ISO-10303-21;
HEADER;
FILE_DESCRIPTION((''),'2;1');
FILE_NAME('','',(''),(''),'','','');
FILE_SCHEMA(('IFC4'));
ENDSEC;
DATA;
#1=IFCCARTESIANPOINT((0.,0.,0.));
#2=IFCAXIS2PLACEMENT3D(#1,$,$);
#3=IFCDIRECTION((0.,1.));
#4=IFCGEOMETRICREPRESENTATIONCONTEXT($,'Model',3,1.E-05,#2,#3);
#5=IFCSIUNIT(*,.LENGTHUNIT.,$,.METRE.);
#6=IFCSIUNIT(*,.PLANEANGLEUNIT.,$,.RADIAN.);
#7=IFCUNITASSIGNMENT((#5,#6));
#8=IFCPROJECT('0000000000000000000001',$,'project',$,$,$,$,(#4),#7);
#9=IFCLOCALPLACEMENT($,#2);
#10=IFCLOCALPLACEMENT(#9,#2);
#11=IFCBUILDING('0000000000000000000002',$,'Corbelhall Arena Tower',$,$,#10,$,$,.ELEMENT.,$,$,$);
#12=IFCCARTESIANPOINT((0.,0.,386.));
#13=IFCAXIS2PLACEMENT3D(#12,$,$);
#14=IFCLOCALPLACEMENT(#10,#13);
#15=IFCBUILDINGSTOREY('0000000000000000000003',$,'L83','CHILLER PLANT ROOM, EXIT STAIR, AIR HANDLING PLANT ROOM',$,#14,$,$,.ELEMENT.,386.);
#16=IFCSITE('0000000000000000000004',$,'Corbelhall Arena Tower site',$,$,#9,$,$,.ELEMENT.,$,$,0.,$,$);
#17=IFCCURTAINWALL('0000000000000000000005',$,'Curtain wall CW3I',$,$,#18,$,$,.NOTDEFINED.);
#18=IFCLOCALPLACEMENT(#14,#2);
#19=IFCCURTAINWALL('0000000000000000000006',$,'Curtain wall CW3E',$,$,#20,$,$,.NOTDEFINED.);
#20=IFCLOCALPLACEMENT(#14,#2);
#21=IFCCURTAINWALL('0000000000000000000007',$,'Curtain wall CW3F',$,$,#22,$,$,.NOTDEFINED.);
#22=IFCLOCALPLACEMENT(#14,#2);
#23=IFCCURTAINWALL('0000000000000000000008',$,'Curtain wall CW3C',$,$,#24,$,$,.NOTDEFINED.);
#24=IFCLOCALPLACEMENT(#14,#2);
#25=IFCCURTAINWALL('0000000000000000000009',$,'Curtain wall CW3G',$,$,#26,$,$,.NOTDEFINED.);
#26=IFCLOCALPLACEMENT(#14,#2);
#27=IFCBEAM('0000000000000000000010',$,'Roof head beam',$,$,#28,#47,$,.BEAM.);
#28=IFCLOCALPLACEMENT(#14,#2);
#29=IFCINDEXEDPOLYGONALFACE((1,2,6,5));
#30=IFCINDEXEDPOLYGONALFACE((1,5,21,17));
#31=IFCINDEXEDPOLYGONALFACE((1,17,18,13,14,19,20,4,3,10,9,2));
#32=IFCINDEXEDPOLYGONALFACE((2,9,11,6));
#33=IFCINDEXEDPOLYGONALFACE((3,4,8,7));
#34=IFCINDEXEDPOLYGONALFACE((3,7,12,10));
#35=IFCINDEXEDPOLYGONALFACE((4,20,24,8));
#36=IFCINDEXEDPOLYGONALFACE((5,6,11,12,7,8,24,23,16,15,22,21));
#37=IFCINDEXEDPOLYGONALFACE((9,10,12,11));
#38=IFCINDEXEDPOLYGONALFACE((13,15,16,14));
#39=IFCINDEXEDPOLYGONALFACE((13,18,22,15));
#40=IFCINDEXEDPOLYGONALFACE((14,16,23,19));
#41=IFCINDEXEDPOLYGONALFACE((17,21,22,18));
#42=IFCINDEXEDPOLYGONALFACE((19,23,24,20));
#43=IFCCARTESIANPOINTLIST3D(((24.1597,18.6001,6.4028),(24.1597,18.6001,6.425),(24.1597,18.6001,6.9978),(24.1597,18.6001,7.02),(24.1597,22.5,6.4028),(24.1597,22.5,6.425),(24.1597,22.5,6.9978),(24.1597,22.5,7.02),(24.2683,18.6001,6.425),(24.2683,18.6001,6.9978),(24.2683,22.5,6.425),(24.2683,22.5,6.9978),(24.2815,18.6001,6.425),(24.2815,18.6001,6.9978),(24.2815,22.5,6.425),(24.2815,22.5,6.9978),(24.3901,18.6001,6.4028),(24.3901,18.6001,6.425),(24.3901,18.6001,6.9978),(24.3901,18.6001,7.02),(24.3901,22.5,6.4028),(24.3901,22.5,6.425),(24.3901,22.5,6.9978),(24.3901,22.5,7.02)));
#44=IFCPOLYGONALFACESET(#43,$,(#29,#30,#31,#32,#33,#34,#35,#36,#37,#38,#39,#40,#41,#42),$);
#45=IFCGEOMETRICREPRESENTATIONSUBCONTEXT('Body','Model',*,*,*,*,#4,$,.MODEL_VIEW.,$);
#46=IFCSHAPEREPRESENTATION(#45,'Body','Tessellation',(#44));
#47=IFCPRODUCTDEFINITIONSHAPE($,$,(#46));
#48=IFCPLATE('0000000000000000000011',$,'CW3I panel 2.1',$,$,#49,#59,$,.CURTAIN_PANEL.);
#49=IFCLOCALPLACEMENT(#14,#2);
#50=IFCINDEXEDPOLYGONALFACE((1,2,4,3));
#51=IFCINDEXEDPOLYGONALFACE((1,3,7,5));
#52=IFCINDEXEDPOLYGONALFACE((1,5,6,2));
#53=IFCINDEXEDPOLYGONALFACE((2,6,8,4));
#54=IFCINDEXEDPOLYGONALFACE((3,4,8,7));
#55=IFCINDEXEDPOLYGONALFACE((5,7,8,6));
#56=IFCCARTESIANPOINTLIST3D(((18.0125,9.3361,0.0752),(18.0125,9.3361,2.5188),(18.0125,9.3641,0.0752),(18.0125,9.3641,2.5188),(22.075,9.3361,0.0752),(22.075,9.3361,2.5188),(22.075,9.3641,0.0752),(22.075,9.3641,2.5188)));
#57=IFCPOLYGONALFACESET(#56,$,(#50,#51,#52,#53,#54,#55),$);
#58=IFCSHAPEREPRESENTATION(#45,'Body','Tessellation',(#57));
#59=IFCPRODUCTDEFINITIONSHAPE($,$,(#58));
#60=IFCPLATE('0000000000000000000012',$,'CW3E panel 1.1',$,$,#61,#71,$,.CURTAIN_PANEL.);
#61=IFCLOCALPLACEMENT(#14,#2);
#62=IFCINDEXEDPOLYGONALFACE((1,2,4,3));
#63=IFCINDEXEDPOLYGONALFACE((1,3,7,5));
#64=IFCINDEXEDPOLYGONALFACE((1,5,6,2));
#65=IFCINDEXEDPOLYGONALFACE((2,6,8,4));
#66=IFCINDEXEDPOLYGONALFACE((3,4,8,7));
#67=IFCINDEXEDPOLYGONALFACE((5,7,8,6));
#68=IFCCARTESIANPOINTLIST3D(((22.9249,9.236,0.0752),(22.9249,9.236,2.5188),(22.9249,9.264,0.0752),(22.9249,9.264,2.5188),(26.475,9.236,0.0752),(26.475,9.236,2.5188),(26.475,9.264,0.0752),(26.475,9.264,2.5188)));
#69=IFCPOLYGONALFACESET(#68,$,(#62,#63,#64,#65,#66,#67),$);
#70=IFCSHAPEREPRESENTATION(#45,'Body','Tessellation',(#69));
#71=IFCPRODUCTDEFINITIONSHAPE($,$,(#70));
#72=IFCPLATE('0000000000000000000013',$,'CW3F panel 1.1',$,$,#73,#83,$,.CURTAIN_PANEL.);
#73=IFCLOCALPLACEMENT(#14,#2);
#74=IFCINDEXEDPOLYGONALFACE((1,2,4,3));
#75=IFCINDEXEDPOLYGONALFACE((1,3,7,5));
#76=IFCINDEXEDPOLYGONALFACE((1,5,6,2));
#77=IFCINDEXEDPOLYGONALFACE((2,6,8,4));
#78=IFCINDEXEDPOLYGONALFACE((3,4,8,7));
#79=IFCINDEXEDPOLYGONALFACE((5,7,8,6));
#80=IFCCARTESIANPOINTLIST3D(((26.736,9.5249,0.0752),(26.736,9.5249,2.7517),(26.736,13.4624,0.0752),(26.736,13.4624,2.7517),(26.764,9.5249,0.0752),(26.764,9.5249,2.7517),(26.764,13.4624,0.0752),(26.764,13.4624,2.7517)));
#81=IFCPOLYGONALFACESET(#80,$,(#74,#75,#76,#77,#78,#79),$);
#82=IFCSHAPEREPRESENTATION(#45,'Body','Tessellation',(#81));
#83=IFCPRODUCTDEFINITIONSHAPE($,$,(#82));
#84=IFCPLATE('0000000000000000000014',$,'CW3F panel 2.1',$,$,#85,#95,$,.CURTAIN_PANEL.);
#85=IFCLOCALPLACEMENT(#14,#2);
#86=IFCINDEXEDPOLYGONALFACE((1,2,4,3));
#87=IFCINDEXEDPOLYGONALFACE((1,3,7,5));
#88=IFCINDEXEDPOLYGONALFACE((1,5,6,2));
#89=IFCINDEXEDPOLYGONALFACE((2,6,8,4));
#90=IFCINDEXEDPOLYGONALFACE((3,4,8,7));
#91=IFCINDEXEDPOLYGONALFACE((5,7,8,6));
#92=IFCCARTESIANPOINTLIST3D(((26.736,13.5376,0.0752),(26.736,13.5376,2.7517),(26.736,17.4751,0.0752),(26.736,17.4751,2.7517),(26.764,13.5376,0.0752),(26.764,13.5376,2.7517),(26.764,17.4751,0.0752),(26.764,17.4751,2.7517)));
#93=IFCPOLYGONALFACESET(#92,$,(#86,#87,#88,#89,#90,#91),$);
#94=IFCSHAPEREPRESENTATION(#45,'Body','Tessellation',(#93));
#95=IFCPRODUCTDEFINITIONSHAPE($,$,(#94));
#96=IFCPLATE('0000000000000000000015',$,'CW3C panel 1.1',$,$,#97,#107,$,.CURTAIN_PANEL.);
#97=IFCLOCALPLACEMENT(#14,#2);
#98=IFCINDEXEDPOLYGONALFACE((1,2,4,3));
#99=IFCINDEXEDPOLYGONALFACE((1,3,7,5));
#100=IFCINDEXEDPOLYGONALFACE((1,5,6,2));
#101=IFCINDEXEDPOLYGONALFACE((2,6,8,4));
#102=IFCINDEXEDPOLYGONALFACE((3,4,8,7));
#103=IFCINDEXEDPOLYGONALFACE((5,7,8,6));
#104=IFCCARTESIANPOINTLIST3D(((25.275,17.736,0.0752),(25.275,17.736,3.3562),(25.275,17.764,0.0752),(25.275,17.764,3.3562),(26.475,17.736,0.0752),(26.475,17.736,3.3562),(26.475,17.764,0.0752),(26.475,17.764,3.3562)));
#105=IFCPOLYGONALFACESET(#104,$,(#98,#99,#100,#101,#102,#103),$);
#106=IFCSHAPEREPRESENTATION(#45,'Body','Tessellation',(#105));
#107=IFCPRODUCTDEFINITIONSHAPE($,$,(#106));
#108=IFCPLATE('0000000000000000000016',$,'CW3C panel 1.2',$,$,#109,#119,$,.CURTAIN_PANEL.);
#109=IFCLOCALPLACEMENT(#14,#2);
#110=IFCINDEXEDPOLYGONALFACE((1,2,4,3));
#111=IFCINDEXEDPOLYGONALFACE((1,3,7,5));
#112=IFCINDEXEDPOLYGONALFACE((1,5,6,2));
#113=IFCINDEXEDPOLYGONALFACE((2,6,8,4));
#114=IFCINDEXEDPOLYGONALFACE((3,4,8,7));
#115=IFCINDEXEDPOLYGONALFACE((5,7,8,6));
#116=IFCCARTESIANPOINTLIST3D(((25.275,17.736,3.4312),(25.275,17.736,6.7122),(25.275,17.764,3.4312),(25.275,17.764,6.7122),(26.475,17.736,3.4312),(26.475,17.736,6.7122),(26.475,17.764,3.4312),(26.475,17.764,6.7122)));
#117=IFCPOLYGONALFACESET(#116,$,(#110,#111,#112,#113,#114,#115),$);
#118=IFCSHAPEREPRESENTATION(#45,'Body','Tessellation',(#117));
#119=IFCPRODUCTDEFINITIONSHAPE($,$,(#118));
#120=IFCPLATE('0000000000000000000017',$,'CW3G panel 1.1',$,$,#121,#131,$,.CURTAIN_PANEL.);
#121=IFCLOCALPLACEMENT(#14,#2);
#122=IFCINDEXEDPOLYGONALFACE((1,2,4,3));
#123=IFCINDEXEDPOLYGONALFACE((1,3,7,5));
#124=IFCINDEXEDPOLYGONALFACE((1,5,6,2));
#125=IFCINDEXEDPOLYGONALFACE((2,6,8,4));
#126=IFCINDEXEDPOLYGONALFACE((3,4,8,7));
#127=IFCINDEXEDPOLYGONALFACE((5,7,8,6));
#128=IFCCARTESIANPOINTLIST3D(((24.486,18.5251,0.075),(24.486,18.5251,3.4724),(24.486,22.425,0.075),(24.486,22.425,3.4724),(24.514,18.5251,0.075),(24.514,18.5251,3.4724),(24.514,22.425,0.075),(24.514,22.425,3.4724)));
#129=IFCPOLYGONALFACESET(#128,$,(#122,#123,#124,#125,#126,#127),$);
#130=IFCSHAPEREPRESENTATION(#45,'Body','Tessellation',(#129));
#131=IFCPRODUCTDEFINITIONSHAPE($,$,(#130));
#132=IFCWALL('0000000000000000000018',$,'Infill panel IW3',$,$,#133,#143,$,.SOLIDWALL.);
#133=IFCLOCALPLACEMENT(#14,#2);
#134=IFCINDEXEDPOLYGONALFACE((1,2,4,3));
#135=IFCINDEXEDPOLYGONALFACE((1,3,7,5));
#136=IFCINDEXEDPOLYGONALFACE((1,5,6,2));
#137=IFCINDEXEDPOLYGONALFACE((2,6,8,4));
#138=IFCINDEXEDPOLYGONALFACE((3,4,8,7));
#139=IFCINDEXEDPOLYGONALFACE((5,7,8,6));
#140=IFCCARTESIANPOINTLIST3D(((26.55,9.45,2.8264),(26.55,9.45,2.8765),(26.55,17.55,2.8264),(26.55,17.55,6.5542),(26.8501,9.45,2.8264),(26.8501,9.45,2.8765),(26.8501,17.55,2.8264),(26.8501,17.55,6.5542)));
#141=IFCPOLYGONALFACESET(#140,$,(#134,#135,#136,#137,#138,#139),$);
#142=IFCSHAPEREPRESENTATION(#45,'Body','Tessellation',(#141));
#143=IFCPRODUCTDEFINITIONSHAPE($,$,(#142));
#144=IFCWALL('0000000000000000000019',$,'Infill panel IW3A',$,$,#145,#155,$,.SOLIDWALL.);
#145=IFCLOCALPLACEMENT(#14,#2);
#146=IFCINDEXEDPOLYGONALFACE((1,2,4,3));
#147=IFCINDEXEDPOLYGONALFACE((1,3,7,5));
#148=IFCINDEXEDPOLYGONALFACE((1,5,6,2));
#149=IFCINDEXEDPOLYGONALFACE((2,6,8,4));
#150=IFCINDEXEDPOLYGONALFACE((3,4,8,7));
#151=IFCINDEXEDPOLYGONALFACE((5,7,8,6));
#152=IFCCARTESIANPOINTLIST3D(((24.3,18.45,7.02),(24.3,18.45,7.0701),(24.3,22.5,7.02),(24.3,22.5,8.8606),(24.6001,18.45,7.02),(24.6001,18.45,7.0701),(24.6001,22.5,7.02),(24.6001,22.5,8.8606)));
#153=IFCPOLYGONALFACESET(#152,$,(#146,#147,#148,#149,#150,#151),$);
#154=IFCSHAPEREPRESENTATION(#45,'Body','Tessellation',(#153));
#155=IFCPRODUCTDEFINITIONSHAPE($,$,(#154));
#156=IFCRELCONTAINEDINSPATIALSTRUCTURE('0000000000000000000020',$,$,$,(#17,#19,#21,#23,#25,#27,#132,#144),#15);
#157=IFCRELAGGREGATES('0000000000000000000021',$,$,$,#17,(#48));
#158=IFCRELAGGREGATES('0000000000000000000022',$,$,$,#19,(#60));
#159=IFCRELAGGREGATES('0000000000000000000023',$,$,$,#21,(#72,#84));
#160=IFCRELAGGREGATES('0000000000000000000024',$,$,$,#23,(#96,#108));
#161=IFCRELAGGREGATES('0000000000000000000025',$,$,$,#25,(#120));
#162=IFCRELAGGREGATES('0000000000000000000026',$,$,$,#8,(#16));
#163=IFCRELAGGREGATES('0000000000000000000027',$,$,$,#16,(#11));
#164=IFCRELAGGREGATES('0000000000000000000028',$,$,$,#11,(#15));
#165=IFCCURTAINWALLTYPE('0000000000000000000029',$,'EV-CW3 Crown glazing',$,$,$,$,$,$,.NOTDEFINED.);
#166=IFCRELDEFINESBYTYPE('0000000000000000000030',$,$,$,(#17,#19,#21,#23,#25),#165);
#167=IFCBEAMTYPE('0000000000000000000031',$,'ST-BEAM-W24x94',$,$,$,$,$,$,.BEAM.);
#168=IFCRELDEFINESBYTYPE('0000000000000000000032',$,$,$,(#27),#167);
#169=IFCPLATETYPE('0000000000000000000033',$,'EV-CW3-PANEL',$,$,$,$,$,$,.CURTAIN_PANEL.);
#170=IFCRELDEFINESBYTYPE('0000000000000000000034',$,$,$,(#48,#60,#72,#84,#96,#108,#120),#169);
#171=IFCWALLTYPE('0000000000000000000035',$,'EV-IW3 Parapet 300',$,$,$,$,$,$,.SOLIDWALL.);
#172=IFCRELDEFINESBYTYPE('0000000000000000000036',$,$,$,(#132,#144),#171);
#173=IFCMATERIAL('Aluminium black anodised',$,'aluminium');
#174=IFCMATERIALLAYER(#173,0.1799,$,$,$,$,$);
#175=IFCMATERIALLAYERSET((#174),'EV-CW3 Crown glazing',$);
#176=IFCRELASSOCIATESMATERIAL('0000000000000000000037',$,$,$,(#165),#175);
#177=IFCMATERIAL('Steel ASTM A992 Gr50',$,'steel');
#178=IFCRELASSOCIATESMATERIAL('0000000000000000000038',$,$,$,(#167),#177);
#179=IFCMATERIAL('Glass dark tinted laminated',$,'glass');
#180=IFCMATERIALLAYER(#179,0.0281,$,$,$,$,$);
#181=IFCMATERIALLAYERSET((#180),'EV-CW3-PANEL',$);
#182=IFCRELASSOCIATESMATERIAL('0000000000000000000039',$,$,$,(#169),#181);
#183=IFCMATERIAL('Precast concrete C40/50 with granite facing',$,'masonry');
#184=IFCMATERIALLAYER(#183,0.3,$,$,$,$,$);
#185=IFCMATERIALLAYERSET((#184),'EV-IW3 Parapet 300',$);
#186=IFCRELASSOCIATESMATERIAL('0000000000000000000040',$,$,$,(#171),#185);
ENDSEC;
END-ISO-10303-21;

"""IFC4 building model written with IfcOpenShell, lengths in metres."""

from ifc_helpers import new_model, si_unit, direction, frame, origin, origin_2d, place, context, subcontext, project, spatial, polyline, rectangle, i_section, outline, extrude, material, layer, layer_set, material_profile, profile_set, type_object, element, aggregate, save


model = new_model("IFC4")

# Units and contexts
model_context = context("Model", 3, precision=1e-05, world=origin(), true_north=direction((0.0, 1.0)))
body_context = subcontext(model_context, "Body", "Model", "MODEL_VIEW")
ifc_project = project(units=[si_unit("LENGTHUNIT", "METRE"), si_unit("PLANEANGLEUNIT", "RADIAN")], contexts=[model_context])

# Site, building, storey
site_placement = place(None, origin())
site = spatial("IfcSite", under=ifc_project, at=site_placement, Name="Corbelhall Arena Tower site", CompositionType="ELEMENT", RefElevation=0.0)
building_placement = place(site_placement, origin())
building = spatial("IfcBuilding", under=site, at=building_placement, Name="Corbelhall Arena Tower", CompositionType="ELEMENT")
storey_placement = place(building_placement, frame((0.0, 0.0, 386.0)))
storey = spatial("IfcBuildingStorey", under=building, at=storey_placement, Name="L83", Description="CHILLER PLANT ROOM, EXIT STAIR, AIR HANDLING PLANT ROOM", CompositionType="ELEMENT", Elevation=386.0)

# Curtain walls
ifc_material_1 = material(Name="Aluminium black anodised", Category="aluminium")
ifc_layer_1 = layer(ifc_material_1, 0.1799)
ifc_layer_set_1 = layer_set([ifc_layer_1], Name="EV-CW3 Crown glazing")
curtain_wall_type = type_object("IfcCurtainWallType", Name="EV-CW3 Crown glazing", PredefinedType="NOTDEFINED", material=ifc_layer_set_1)
curtain_wall_1_placement = place(storey_placement, origin())
curtain_wall_1 = element("IfcCurtainWall", 1, at=curtain_wall_1_placement, inside=storey, type_object=curtain_wall_type, Name="Curtain wall CW3I", PredefinedType="NOTDEFINED")
curtain_wall_2_placement = place(storey_placement, origin())
curtain_wall_2 = element("IfcCurtainWall", 2, at=curtain_wall_2_placement, inside=storey, type_object=curtain_wall_type, Name="Curtain wall CW3E", PredefinedType="NOTDEFINED")

# Curtain walls
curtain_wall_3_placement = place(storey_placement, origin())
curtain_wall_3 = element("IfcCurtainWall", 3, at=curtain_wall_3_placement, inside=storey, type_object=curtain_wall_type, Name="Curtain wall CW3F", PredefinedType="NOTDEFINED")
curtain_wall_4_placement = place(storey_placement, origin())
curtain_wall_4 = element("IfcCurtainWall", 4, at=curtain_wall_4_placement, inside=storey, type_object=curtain_wall_type, Name="Curtain wall CW3C", PredefinedType="NOTDEFINED")
curtain_wall_5_placement = place(storey_placement, origin())
curtain_wall_5 = element("IfcCurtainWall", 5, at=curtain_wall_5_placement, inside=storey, type_object=curtain_wall_type, Name="Curtain wall CW3G", PredefinedType="NOTDEFINED")

# Beam
ifc_material_2 = material(Name="Steel ASTM A992 Gr50", Category="steel")
ifc_material_profile_1 = material_profile(ifc_material_2, i_section(OverallWidth=0.2305, OverallDepth=0.6172, WebThickness=0.0132, FlangeThickness=0.0222, at=origin_2d()))
ifc_profile_set_1 = profile_set([ifc_material_profile_1], Name="Steel ASTM A992 Gr50")
beam_type = type_object("IfcBeamType", Name="ST-BEAM-W24x94", PredefinedType="BEAM", material=ifc_profile_set_1)
beam_placement = place(storey_placement, frame((24.2749, 18.6001, 6.7114), z_axis=(0.0, 1.0, 0.0), x_axis=(-1.0, 0.0, 0.0)))
element("IfcBeam", 6, at=beam_placement, inside=storey, type_object=beam_type, Name="Roof head beam", PredefinedType="BEAM", context=body_context, shape_type="SweptSolid", body=[
    extrude(i_section(OverallWidth=0.2305, OverallDepth=0.6172, WebThickness=0.0132, FlangeThickness=0.0222, at=origin_2d()), origin(), (0.0, 0.0, 1.0), 3.8999),
])

# Plates
ifc_material_3 = material(Name="Glass dark tinted laminated", Category="glass")
ifc_layer_2 = layer(ifc_material_3, 0.0281)
ifc_layer_set_2 = layer_set([ifc_layer_2], Name="EV-CW3-PANEL")
plate_type = type_object("IfcPlateType", Name="EV-CW3-PANEL", PredefinedType="CURTAIN_PANEL", material=ifc_layer_set_2)
plate_1_placement = place(storey_placement, frame((20.0437, 9.3501, 0.0752), z_axis=(0.0, 0.0, 1.0), x_axis=(1.0, 0.0, 0.0)))
plate_1 = element("IfcPlate", 7, at=plate_1_placement, type_object=plate_type, Name="CW3I panel 2.1", PredefinedType="CURTAIN_PANEL", context=body_context, shape_type="SweptSolid", body=[
    extrude(rectangle(XDim=4.0625, YDim=0.0281, at=origin_2d()), origin(), (0.0, 0.0, 1.0), 2.4436),
])
aggregate(curtain_wall_1, [plate_1])
plate_2_placement = place(storey_placement, frame((24.7, 9.25, 0.0752), z_axis=(0.0, 0.0, 1.0), x_axis=(1.0, 0.0, 0.0)))
plate_2 = element("IfcPlate", 8, at=plate_2_placement, type_object=plate_type, Name="CW3E panel 1.1", PredefinedType="CURTAIN_PANEL", context=body_context, shape_type="SweptSolid", body=[
    extrude(rectangle(XDim=3.55, YDim=0.0281, at=origin_2d()), origin(), (0.0, 0.0, 1.0), 2.4436),
])
aggregate(curtain_wall_2, [plate_2])
plate_3_placement = place(storey_placement, frame((26.75, 11.4937, 0.0752), z_axis=(0.0, 0.0, 1.0), x_axis=(0.0, 1.0, 0.0)))
plate_3 = element("IfcPlate", 9, at=plate_3_placement, type_object=plate_type, Name="CW3F panel 1.1", PredefinedType="CURTAIN_PANEL", context=body_context, shape_type="SweptSolid", body=[
    extrude(rectangle(XDim=3.9375, YDim=0.0281, at=origin_2d()), origin(), (0.0, 0.0, 1.0), 2.6765),
])
plate_4_placement = place(storey_placement, frame((26.75, 15.5063, 0.0752), z_axis=(0.0, 0.0, 1.0), x_axis=(0.0, 1.0, 0.0)))
plate_4 = element("IfcPlate", 10, at=plate_4_placement, type_object=plate_type, Name="CW3F panel 2.1", PredefinedType="CURTAIN_PANEL", context=body_context, shape_type="SweptSolid", body=[
    extrude(rectangle(XDim=3.9375, YDim=0.0281, at=origin_2d()), origin(), (0.0, 0.0, 1.0), 2.6765),
])
aggregate(curtain_wall_3, [plate_3, plate_4])
plate_5_placement = place(storey_placement, frame((25.875, 17.75, 0.0752), z_axis=(0.0, 0.0, 1.0), x_axis=(-1.0, 0.0, 0.0)))
plate_5 = element("IfcPlate", 11, at=plate_5_placement, type_object=plate_type, Name="CW3C panel 1.1", PredefinedType="CURTAIN_PANEL", context=body_context, shape_type="SweptSolid", body=[
    extrude(rectangle(XDim=1.2, YDim=0.0281, at=origin_2d()), origin(), (0.0, 0.0, 1.0), 3.281),
])
plate_6_placement = place(storey_placement, frame((25.875, 17.75, 3.4312), z_axis=(0.0, 0.0, 1.0), x_axis=(-1.0, 0.0, 0.0)))
plate_6 = element("IfcPlate", 12, at=plate_6_placement, type_object=plate_type, Name="CW3C panel 1.2", PredefinedType="CURTAIN_PANEL", context=body_context, shape_type="SweptSolid", body=[
    extrude(rectangle(XDim=1.2, YDim=0.0281, at=origin_2d()), origin(), (0.0, 0.0, 1.0), 3.281),
])
aggregate(curtain_wall_4, [plate_5, plate_6])
plate_7_placement = place(storey_placement, frame((24.5, 20.4751, 0.075), z_axis=(0.0, 0.0, 1.0), x_axis=(0.0, 1.0, 0.0)))
plate_7 = element("IfcPlate", 13, at=plate_7_placement, type_object=plate_type, Name="CW3G panel 1.1", PredefinedType="CURTAIN_PANEL", context=body_context, shape_type="SweptSolid", body=[
    extrude(rectangle(XDim=3.8999, YDim=0.0281, at=origin_2d()), origin(), (0.0, 0.0, 1.0), 3.3975),
])
aggregate(curtain_wall_5, [plate_7])

# Walls
ifc_material_4 = material(Name="Precast concrete C40/50 with granite facing", Category="masonry")
ifc_layer_3 = layer(ifc_material_4, 0.3)
ifc_layer_set_3 = layer_set([ifc_layer_3], Name="EV-IW3 Parapet 300")
wall_type = type_object("IfcWallType", Name="EV-IW3 Parapet 300", PredefinedType="SOLIDWALL", material=ifc_layer_set_3)
wall_1_placement = place(storey_placement, frame((26.7, 9.45, 2.8264), z_axis=(0.0, 0.0, 1.0), x_axis=(0.0, 1.0, 0.0)))
element("IfcWall", 14, at=wall_1_placement, inside=storey, type_object=wall_type, Name="Infill panel IW3", PredefinedType="SOLIDWALL", context=body_context, shape_type="SweptSolid", body=[
    extrude(outline(polyline([(0.0, 0.0), (8.1001, 0.0), (8.1001, 3.7278), (0.0, 0.05), (0.0, 0.0)])), frame((0.0, 0.1499, 0.0), z_axis=(0.0, -1.0, 0.0), x_axis=(1.0, 0.0, 0.0)), (0.0, 0.0, 1.0), 0.3),
])
wall_2_placement = place(storey_placement, frame((24.45, 18.45, 7.02), z_axis=(0.0, 0.0, 1.0), x_axis=(0.0, 1.0, 0.0)))
element("IfcWall", 15, at=wall_2_placement, inside=storey, type_object=wall_type, Name="Infill panel IW3A", PredefinedType="SOLIDWALL", context=body_context, shape_type="SweptSolid", body=[
    extrude(outline(polyline([(0.0, 0.0), (4.05, 0.0), (4.05, 1.8406), (0.0, 0.05), (0.0, 0.0)])), frame((0.0, 0.1499, 0.0), z_axis=(0.0, -1.0, 0.0), x_axis=(1.0, 0.0, 0.0)), (0.0, 0.0, 1.0), 0.3),
])

save(model, "model.ifc")
